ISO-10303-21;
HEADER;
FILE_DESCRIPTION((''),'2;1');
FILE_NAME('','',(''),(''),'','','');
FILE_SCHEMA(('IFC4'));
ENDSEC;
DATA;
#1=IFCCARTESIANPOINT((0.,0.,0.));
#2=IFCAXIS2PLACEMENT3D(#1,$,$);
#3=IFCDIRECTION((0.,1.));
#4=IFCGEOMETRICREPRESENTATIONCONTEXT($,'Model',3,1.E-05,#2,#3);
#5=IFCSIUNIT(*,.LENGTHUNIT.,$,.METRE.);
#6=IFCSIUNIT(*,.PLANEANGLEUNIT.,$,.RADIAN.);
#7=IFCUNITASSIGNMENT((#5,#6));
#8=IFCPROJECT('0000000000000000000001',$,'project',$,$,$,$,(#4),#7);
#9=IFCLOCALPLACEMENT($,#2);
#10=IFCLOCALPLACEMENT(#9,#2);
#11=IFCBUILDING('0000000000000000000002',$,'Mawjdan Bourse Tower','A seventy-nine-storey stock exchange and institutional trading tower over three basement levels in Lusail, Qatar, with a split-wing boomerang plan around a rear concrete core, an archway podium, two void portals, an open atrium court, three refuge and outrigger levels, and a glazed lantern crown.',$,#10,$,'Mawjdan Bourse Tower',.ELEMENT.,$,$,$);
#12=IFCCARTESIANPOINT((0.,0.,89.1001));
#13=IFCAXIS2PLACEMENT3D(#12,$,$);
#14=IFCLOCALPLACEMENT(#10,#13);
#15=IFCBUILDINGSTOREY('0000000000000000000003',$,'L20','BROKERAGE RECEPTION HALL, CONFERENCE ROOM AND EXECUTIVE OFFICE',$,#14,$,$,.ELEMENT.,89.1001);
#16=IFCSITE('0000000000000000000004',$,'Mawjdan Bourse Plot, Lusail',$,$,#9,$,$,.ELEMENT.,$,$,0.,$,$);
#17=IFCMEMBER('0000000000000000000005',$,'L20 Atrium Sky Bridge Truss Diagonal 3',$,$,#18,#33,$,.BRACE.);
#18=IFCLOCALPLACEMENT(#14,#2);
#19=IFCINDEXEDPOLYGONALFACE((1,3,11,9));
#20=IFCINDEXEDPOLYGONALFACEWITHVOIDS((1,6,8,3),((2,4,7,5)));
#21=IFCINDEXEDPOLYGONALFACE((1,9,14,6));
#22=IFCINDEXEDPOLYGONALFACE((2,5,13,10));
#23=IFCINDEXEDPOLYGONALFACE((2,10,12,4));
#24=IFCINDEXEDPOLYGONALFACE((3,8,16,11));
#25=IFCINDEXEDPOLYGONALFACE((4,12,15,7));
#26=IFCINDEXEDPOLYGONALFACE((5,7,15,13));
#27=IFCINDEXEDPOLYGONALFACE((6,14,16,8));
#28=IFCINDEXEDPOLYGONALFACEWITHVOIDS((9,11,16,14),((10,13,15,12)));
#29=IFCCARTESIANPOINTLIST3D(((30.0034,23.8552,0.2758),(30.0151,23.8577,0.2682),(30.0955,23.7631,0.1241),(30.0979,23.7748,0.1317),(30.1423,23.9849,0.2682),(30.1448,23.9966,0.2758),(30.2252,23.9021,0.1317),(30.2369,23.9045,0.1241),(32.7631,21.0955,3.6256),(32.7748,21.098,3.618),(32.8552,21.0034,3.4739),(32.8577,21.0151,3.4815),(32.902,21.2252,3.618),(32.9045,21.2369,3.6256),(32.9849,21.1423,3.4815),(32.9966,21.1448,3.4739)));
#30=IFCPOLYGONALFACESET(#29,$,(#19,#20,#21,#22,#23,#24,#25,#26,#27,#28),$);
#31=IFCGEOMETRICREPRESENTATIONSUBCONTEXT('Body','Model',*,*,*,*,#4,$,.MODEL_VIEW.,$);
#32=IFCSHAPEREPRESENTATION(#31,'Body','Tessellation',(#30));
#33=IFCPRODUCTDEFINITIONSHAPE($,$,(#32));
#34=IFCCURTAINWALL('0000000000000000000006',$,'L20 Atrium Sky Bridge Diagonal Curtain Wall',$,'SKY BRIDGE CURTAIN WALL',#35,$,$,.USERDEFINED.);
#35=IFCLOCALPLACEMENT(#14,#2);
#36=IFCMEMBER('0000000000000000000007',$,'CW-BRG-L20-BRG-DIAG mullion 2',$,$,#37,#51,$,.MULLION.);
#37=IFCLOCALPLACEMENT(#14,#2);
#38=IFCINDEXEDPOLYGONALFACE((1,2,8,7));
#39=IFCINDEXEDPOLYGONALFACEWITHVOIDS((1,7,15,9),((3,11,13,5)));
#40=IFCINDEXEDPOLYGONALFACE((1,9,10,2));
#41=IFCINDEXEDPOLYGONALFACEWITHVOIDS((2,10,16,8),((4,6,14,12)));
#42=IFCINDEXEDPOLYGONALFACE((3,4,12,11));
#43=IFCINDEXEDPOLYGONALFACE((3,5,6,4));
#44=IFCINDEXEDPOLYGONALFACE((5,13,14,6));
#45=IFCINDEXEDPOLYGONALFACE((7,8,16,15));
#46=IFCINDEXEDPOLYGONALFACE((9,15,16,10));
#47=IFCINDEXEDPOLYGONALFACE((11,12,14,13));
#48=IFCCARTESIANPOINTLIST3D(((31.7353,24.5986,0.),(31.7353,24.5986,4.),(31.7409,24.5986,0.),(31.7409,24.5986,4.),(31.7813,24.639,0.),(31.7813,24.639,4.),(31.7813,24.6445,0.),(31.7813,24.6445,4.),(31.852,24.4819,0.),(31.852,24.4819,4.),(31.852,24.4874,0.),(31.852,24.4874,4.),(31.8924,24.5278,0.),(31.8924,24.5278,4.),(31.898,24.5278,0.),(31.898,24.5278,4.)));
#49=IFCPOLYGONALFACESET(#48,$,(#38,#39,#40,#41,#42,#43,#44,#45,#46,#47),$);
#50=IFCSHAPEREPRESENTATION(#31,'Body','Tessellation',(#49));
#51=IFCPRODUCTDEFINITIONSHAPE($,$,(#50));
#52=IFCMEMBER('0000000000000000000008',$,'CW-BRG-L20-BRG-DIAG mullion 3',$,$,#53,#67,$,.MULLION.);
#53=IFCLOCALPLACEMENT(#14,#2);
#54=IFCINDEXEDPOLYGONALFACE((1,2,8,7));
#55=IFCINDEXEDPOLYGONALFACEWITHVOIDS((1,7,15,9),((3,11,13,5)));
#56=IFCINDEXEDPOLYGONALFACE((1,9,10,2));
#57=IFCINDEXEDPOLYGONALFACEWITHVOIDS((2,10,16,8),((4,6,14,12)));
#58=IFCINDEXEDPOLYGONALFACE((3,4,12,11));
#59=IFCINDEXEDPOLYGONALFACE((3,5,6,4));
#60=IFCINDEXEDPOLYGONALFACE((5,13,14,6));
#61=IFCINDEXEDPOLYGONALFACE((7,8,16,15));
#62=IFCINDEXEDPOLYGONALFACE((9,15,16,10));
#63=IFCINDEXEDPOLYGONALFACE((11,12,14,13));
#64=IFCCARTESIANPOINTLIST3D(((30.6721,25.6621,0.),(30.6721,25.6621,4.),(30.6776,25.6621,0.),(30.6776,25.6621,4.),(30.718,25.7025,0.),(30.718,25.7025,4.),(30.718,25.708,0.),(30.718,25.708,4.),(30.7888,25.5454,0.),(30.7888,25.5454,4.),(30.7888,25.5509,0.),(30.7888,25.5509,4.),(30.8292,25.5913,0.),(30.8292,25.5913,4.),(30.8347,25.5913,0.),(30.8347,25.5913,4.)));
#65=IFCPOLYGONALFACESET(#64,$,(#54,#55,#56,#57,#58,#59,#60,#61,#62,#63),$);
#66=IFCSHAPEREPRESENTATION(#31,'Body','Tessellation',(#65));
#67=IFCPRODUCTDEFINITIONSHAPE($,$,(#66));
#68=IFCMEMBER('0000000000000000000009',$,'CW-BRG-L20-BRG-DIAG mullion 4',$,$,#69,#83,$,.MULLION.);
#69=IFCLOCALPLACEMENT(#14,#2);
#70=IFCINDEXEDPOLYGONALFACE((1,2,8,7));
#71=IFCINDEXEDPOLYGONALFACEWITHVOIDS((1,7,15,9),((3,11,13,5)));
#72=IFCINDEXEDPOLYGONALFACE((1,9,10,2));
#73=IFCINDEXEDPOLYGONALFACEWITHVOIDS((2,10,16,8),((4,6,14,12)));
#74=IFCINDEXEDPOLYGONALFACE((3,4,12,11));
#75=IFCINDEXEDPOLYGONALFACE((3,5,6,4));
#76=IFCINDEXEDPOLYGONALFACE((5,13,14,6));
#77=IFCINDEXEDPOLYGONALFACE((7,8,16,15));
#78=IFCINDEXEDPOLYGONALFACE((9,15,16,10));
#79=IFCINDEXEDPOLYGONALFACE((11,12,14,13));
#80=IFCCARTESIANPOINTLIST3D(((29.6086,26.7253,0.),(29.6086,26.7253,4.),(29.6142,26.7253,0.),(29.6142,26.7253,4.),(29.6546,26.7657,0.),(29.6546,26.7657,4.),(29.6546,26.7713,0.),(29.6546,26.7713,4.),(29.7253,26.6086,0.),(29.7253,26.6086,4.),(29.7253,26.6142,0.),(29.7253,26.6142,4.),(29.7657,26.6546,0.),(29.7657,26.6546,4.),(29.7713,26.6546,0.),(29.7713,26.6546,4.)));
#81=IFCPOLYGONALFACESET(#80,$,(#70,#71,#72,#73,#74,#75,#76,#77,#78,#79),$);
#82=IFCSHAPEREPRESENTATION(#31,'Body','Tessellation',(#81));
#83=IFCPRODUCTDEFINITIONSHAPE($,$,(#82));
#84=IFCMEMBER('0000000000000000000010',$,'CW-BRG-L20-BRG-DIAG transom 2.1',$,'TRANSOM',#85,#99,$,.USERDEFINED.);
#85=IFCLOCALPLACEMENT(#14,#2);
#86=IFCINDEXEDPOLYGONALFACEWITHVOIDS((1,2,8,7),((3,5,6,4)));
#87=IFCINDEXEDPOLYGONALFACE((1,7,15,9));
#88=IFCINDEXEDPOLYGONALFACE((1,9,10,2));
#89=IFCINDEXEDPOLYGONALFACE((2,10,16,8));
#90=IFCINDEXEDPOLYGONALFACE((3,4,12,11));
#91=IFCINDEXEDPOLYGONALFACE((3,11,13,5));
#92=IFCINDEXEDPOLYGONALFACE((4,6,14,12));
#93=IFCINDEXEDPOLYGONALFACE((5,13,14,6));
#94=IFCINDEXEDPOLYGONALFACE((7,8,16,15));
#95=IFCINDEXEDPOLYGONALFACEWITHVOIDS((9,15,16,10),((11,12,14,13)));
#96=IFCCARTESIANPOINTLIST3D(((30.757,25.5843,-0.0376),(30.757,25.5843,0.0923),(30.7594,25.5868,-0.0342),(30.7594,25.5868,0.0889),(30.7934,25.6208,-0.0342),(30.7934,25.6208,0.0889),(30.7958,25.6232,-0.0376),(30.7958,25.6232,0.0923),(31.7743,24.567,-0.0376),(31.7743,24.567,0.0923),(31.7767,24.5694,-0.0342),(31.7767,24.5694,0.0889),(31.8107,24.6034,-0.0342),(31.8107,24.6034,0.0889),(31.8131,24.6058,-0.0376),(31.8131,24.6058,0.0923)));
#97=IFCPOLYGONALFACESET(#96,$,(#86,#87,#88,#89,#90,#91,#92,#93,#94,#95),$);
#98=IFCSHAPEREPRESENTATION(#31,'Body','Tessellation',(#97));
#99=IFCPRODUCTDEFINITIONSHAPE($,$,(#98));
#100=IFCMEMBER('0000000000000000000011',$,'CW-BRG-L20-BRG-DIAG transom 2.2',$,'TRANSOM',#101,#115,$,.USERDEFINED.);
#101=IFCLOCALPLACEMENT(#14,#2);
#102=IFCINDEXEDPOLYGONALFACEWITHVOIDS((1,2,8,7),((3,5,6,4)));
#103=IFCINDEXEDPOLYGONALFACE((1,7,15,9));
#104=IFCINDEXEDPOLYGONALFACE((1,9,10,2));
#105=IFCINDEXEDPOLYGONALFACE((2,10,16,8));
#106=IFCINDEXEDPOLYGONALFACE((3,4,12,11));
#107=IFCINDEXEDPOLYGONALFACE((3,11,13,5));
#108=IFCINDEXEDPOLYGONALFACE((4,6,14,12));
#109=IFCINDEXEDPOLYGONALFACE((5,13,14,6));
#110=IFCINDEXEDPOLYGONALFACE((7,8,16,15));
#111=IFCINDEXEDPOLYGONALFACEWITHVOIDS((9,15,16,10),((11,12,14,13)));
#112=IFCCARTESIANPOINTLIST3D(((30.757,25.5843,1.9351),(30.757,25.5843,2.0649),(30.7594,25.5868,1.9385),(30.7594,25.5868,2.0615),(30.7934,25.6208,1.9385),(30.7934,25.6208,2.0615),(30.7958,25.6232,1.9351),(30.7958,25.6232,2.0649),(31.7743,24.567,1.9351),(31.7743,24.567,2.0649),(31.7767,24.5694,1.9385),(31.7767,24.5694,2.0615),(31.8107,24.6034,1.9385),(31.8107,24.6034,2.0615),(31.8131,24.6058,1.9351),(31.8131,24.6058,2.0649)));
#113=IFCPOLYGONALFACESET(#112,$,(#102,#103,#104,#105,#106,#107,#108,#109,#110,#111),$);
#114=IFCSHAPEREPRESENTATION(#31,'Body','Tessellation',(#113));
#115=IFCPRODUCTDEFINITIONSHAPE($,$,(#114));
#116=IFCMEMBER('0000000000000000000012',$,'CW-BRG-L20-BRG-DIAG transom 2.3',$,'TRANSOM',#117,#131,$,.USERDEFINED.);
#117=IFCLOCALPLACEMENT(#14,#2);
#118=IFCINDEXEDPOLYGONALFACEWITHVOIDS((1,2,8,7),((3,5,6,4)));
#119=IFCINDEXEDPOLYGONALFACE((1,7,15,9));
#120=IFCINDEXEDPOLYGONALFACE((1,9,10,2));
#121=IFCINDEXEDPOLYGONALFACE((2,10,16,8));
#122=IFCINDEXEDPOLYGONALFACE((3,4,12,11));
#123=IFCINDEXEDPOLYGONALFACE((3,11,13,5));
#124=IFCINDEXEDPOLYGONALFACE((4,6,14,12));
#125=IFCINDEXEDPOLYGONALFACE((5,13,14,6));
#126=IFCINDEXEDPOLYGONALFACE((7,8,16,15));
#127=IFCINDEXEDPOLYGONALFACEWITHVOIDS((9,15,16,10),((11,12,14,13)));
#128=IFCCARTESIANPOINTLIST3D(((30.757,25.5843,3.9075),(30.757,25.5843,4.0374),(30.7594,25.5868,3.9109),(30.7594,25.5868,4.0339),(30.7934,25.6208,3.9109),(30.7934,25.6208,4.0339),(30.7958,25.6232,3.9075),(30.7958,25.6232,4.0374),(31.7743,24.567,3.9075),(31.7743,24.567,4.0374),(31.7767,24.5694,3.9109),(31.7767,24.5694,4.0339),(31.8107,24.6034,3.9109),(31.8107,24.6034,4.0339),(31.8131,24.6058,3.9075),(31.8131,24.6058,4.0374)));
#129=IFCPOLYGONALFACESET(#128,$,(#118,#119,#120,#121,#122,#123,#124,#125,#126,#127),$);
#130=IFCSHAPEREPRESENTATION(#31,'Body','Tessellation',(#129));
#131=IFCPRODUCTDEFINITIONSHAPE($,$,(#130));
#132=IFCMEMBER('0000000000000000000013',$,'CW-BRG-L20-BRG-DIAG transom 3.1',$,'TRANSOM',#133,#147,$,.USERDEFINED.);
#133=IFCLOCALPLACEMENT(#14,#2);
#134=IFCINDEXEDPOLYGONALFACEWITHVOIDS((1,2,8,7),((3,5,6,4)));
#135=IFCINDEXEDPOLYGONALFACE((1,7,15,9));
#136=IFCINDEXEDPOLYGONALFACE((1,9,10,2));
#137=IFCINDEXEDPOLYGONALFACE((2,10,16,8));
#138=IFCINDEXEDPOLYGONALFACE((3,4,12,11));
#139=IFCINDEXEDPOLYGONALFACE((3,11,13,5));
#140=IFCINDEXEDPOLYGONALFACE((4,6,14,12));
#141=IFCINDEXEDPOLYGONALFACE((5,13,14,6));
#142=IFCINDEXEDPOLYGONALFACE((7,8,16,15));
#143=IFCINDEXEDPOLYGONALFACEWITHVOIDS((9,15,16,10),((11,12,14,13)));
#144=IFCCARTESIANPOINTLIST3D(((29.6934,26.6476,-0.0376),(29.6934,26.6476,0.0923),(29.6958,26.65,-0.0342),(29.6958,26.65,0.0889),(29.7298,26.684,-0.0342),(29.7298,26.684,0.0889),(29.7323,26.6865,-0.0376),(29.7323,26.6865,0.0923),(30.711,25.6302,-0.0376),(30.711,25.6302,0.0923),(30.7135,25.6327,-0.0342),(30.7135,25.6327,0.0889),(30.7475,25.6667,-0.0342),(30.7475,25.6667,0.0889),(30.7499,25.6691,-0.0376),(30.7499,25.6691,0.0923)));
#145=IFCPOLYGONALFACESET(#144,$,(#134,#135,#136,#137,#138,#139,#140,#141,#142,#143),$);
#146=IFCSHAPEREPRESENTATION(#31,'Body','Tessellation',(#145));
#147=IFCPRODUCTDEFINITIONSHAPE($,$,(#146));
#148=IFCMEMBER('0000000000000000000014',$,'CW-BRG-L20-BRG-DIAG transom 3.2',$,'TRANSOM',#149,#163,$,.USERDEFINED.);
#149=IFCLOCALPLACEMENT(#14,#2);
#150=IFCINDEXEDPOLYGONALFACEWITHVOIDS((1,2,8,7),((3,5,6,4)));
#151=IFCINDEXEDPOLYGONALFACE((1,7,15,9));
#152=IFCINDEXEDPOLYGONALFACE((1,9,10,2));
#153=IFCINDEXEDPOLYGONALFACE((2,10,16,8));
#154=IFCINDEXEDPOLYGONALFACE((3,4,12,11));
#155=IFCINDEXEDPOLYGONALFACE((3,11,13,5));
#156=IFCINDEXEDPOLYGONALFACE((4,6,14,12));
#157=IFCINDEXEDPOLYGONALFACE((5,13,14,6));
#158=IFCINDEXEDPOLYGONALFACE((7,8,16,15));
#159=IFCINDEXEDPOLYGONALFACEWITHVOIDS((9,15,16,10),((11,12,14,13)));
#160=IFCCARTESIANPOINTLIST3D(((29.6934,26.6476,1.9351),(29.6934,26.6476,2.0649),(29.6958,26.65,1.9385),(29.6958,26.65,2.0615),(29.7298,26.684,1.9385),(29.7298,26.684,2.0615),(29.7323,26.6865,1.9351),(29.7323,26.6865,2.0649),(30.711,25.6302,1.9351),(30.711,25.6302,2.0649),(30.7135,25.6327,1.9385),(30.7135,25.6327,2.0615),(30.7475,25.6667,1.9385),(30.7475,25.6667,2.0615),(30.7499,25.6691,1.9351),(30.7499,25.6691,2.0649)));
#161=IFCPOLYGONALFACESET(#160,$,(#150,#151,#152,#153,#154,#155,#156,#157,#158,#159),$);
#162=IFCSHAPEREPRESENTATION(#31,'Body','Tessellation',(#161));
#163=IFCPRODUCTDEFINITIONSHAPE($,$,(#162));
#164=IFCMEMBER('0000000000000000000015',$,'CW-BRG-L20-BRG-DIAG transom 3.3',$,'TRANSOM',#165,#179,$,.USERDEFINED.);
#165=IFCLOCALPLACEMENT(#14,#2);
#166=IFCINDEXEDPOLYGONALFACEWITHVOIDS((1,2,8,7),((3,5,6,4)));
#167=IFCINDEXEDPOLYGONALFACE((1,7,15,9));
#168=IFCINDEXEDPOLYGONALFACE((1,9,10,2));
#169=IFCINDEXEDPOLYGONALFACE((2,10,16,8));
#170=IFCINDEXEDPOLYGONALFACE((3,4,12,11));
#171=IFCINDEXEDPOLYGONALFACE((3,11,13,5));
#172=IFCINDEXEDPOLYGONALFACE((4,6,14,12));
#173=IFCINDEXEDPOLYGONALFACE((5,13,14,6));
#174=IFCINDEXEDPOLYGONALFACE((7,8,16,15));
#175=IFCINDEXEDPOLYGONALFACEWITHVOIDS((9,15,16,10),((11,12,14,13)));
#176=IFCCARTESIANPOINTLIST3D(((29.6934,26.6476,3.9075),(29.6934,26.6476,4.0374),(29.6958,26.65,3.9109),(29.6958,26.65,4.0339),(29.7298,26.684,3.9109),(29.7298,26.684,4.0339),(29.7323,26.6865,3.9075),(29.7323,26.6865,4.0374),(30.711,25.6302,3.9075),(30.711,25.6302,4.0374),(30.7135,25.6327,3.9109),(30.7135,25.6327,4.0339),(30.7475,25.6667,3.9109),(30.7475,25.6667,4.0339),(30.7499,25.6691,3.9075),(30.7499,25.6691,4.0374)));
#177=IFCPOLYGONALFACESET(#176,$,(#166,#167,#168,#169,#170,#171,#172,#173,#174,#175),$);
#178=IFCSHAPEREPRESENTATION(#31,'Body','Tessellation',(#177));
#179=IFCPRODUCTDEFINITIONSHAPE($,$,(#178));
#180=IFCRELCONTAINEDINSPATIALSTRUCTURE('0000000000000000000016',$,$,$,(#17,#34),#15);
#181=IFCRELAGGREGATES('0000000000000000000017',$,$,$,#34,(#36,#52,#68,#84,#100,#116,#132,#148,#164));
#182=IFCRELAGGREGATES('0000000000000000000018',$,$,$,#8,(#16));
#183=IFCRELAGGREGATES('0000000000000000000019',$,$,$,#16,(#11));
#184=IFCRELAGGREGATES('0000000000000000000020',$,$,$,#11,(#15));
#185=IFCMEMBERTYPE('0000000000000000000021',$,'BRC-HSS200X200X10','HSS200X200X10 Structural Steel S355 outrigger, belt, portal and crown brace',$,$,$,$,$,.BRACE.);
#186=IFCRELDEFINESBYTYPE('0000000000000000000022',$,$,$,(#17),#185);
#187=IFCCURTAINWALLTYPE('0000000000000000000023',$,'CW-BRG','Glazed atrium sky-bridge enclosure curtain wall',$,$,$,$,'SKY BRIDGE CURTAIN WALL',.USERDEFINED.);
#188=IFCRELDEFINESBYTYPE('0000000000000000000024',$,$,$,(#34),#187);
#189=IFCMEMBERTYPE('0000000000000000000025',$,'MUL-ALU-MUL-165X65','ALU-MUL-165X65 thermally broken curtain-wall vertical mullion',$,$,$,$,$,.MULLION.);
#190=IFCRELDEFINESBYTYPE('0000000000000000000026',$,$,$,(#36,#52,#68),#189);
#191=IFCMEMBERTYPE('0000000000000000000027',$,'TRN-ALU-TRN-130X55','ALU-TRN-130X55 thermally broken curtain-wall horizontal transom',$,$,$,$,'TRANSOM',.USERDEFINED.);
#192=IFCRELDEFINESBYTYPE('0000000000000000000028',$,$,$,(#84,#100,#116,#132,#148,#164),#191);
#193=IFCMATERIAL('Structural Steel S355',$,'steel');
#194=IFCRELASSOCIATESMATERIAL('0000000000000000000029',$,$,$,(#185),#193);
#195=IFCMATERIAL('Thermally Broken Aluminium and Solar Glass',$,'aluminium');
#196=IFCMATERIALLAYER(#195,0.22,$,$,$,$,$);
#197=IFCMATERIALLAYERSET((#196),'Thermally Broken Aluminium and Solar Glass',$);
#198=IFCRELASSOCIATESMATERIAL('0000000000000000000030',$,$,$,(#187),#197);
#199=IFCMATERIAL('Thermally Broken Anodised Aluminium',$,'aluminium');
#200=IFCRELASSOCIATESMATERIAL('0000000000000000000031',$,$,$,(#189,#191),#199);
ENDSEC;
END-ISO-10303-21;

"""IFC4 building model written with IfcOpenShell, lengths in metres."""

from ifc_helpers import new_model, si_unit, direction, frame, origin, origin_2d, place, context, subcontext, project, spatial, hollow_rectangle, extrude, material, layer, layer_set, material_profile, profile_set, type_object, element, aggregate, save


model = new_model("IFC4")

# Units and contexts
model_context = context("Model", 3, precision=1e-05, world=origin(), true_north=direction((0.0, 1.0)))
body_context = subcontext(model_context, "Body", "Model", "MODEL_VIEW")
ifc_project = project(units=[si_unit("LENGTHUNIT", "METRE"), si_unit("PLANEANGLEUNIT", "RADIAN")], contexts=[model_context])

# Site, building, storey
site_placement = place(None, origin())
site = spatial("IfcSite", under=ifc_project, at=site_placement, Name="Mawjdan Bourse Plot, Lusail", CompositionType="ELEMENT", RefElevation=0.0)
building_placement = place(site_placement, origin())
building = spatial("IfcBuilding", under=site, at=building_placement, Name="Mawjdan Bourse Tower", Description="A seventy-nine-storey stock exchange and institutional trading tower over three basement levels in Lusail, Qatar, with a split-wing boomerang plan around a rear concrete core, an archway podium, two void portals, an open atrium court, three refuge and outrigger levels, and a glazed lantern crown.", LongName="Mawjdan Bourse Tower", CompositionType="ELEMENT")
storey_placement = place(building_placement, frame((0.0, 0.0, 89.1001)))
storey = spatial("IfcBuildingStorey", under=building, at=storey_placement, Name="L20", Description="BROKERAGE RECEPTION HALL, CONFERENCE ROOM AND EXECUTIVE OFFICE", CompositionType="ELEMENT", Elevation=89.1001)

# Member
ifc_material_1 = material(Name="Structural Steel S355", Category="steel")
ifc_material_profile_1 = material_profile(ifc_material_1, hollow_rectangle(XDim=0.2, YDim=0.2, WallThickness=0.01, at=origin_2d()), Name="HSS200X200X10")
ifc_profile_set_1 = profile_set([ifc_material_profile_1], Name="Structural Steel S355")
member_type_1 = type_object("IfcMemberType", Name="BRC-HSS200X200X10", Description="HSS200X200X10 Structural Steel S355 outrigger, belt, portal and crown brace", PredefinedType="BRACE", material=ifc_profile_set_1)
member_1_placement = place(storey_placement, frame((30.1201, 23.8799, 0.2), z_axis=(0.536569, -0.536569, 0.651297), x_axis=(0.707107, 0.707107, 0.0)))
element("IfcMember", 1, at=member_1_placement, inside=storey, type_object=member_type_1, Name="L20 Atrium Sky Bridge Truss Diagonal 3", PredefinedType="BRACE", context=body_context, shape_type="SweptSolid", body=[
    extrude(hollow_rectangle(XDim=0.2, YDim=0.2, WallThickness=0.01, at=origin_2d()), origin(), (0.0, 0.0, 1.0), 5.1433),
])

# Curtain wall, members
ifc_material_2 = material(Name="Thermally Broken Aluminium and Solar Glass", Category="aluminium")
ifc_layer_1 = layer(ifc_material_2, 0.22)
ifc_layer_set_1 = layer_set([ifc_layer_1], Name="Thermally Broken Aluminium and Solar Glass")
curtain_wall_type = type_object("IfcCurtainWallType", Name="CW-BRG", Description="Glazed atrium sky-bridge enclosure curtain wall", ElementType="SKY BRIDGE CURTAIN WALL", PredefinedType="USERDEFINED", material=ifc_layer_set_1)
curtain_wall_placement = place(storey_placement, origin())
curtain_wall = element("IfcCurtainWall", 2, at=curtain_wall_placement, inside=storey, type_object=curtain_wall_type, Name="L20 Atrium Sky Bridge Diagonal Curtain Wall", ObjectType="SKY BRIDGE CURTAIN WALL", PredefinedType="USERDEFINED")
ifc_material_3 = material(Name="Thermally Broken Anodised Aluminium", Category="aluminium")
ifc_material_profile_2 = material_profile(ifc_material_3, hollow_rectangle(XDim=0.0649, YDim=0.165, WallThickness=0.0039, at=origin_2d()), Name="ALU-MUL-165X65")
ifc_profile_set_2 = profile_set([ifc_material_profile_2], Name="Thermally Broken Anodised Aluminium")
member_type_2 = type_object("IfcMemberType", Name="MUL-ALU-MUL-165X65", Description="ALU-MUL-165X65 thermally broken curtain-wall vertical mullion", PredefinedType="MULLION", material=ifc_profile_set_2)
member_2_placement = place(storey_placement, frame((31.8167, 24.5632, 0.0), z_axis=(0.0, 0.0, 1.0), x_axis=(-0.707107, -0.707107, 0.0)))
member_2 = element("IfcMember", 3, at=member_2_placement, type_object=member_type_2, Name="CW-BRG-L20-BRG-DIAG mullion 2", PredefinedType="MULLION", context=body_context, shape_type="SweptSolid", body=[
    extrude(hollow_rectangle(XDim=0.0649, YDim=0.165, WallThickness=0.0039, at=origin_2d()), origin(), (0.0, 0.0, 1.0), 4.0),
])
member_3_placement = place(storey_placement, frame((30.7534, 25.6267, 0.0), z_axis=(0.0, 0.0, 1.0), x_axis=(-0.707107, -0.707107, 0.0)))
member_3 = element("IfcMember", 4, at=member_3_placement, type_object=member_type_2, Name="CW-BRG-L20-BRG-DIAG mullion 3", PredefinedType="MULLION", context=body_context, shape_type="SweptSolid", body=[
    extrude(hollow_rectangle(XDim=0.0649, YDim=0.165, WallThickness=0.0039, at=origin_2d()), origin(), (0.0, 0.0, 1.0), 4.0),
])
member_4_placement = place(storey_placement, frame((29.6899, 26.6899, 0.0), z_axis=(0.0, 0.0, 1.0), x_axis=(-0.707107, -0.707107, 0.0)))
member_4 = element("IfcMember", 5, at=member_4_placement, type_object=member_type_2, Name="CW-BRG-L20-BRG-DIAG mullion 4", PredefinedType="MULLION", context=body_context, shape_type="SweptSolid", body=[
    extrude(hollow_rectangle(XDim=0.0649, YDim=0.165, WallThickness=0.0039, at=origin_2d()), origin(), (0.0, 0.0, 1.0), 4.0),
])
ifc_material_profile_3 = material_profile(ifc_material_3, hollow_rectangle(XDim=0.0549, YDim=0.1299, WallThickness=0.0034, at=origin_2d()), Name="ALU-TRN-130X55")
ifc_profile_set_3 = profile_set([ifc_material_profile_3], Name="Thermally Broken Anodised Aluminium")
member_type_3 = type_object("IfcMemberType", Name="TRN-ALU-TRN-130X55", Description="ALU-TRN-130X55 thermally broken curtain-wall horizontal transom", ElementType="TRANSOM", PredefinedType="USERDEFINED", material=ifc_profile_set_3)
member_5_placement = place(storey_placement, frame((31.7937, 24.5864, 0.0273), z_axis=(-0.707107, 0.707107, 0.0), x_axis=(-0.707107, -0.707107, 0.0)))
member_5 = element("IfcMember", 6, at=member_5_placement, type_object=member_type_3, Name="CW-BRG-L20-BRG-DIAG transom 2.1", ObjectType="TRANSOM", PredefinedType="USERDEFINED", context=body_context, shape_type="SweptSolid", body=[
    extrude(hollow_rectangle(XDim=0.0549, YDim=0.1299, WallThickness=0.0034, at=origin_2d()), origin(), (0.0, 0.0, 1.0), 1.4387),
])
member_6_placement = place(storey_placement, frame((31.7937, 24.5864, 2.0), z_axis=(-0.707107, 0.707107, 0.0), x_axis=(-0.707107, -0.707107, 0.0)))
member_6 = element("IfcMember", 7, at=member_6_placement, type_object=member_type_3, Name="CW-BRG-L20-BRG-DIAG transom 2.2", ObjectType="TRANSOM", PredefinedType="USERDEFINED", context=body_context, shape_type="SweptSolid", body=[
    extrude(hollow_rectangle(XDim=0.0549, YDim=0.1299, WallThickness=0.0034, at=origin_2d()), origin(), (0.0, 0.0, 1.0), 1.4387),
])
member_7_placement = place(storey_placement, frame((31.7937, 24.5864, 3.9724), z_axis=(-0.707107, 0.707107, 0.0), x_axis=(-0.707107, -0.707107, 0.0)))
member_7 = element("IfcMember", 8, at=member_7_placement, type_object=member_type_3, Name="CW-BRG-L20-BRG-DIAG transom 2.3", ObjectType="TRANSOM", PredefinedType="USERDEFINED", context=body_context, shape_type="SweptSolid", body=[
    extrude(hollow_rectangle(XDim=0.0549, YDim=0.1299, WallThickness=0.0034, at=origin_2d()), origin(), (0.0, 0.0, 1.0), 1.4387),
])
member_8_placement = place(storey_placement, frame((30.7305, 25.6497, 0.0273), z_axis=(-0.707192, 0.707022, 0.0), x_axis=(-0.707022, -0.707192, 0.0)))
member_8 = element("IfcMember", 9, at=member_8_placement, type_object=member_type_3, Name="CW-BRG-L20-BRG-DIAG transom 3.1", ObjectType="TRANSOM", PredefinedType="USERDEFINED", context=body_context, shape_type="SweptSolid", body=[
    extrude(hollow_rectangle(XDim=0.0549, YDim=0.1299, WallThickness=0.0034, at=origin_2d()), origin(), (0.0, 0.0, 1.0), 1.439),
])
member_9_placement = place(storey_placement, frame((30.7305, 25.6497, 2.0), z_axis=(-0.707192, 0.707022, 0.0), x_axis=(-0.707022, -0.707192, 0.0)))
member_9 = element("IfcMember", 10, at=member_9_placement, type_object=member_type_3, Name="CW-BRG-L20-BRG-DIAG transom 3.2", ObjectType="TRANSOM", PredefinedType="USERDEFINED", context=body_context, shape_type="SweptSolid", body=[
    extrude(hollow_rectangle(XDim=0.0549, YDim=0.1299, WallThickness=0.0034, at=origin_2d()), origin(), (0.0, 0.0, 1.0), 1.439),
])
member_10_placement = place(storey_placement, frame((30.7305, 25.6497, 3.9724), z_axis=(-0.707192, 0.707022, 0.0), x_axis=(-0.707022, -0.707192, 0.0)))
member_10 = element("IfcMember", 11, at=member_10_placement, type_object=member_type_3, Name="CW-BRG-L20-BRG-DIAG transom 3.3", ObjectType="TRANSOM", PredefinedType="USERDEFINED", context=body_context, shape_type="SweptSolid", body=[
    extrude(hollow_rectangle(XDim=0.0549, YDim=0.1299, WallThickness=0.0034, at=origin_2d()), origin(), (0.0, 0.0, 1.0), 1.439),
])
aggregate(curtain_wall, [member_2, member_3, member_4, member_5, member_6, member_7, member_8, member_9, member_10])

save(model, "model.ifc")
